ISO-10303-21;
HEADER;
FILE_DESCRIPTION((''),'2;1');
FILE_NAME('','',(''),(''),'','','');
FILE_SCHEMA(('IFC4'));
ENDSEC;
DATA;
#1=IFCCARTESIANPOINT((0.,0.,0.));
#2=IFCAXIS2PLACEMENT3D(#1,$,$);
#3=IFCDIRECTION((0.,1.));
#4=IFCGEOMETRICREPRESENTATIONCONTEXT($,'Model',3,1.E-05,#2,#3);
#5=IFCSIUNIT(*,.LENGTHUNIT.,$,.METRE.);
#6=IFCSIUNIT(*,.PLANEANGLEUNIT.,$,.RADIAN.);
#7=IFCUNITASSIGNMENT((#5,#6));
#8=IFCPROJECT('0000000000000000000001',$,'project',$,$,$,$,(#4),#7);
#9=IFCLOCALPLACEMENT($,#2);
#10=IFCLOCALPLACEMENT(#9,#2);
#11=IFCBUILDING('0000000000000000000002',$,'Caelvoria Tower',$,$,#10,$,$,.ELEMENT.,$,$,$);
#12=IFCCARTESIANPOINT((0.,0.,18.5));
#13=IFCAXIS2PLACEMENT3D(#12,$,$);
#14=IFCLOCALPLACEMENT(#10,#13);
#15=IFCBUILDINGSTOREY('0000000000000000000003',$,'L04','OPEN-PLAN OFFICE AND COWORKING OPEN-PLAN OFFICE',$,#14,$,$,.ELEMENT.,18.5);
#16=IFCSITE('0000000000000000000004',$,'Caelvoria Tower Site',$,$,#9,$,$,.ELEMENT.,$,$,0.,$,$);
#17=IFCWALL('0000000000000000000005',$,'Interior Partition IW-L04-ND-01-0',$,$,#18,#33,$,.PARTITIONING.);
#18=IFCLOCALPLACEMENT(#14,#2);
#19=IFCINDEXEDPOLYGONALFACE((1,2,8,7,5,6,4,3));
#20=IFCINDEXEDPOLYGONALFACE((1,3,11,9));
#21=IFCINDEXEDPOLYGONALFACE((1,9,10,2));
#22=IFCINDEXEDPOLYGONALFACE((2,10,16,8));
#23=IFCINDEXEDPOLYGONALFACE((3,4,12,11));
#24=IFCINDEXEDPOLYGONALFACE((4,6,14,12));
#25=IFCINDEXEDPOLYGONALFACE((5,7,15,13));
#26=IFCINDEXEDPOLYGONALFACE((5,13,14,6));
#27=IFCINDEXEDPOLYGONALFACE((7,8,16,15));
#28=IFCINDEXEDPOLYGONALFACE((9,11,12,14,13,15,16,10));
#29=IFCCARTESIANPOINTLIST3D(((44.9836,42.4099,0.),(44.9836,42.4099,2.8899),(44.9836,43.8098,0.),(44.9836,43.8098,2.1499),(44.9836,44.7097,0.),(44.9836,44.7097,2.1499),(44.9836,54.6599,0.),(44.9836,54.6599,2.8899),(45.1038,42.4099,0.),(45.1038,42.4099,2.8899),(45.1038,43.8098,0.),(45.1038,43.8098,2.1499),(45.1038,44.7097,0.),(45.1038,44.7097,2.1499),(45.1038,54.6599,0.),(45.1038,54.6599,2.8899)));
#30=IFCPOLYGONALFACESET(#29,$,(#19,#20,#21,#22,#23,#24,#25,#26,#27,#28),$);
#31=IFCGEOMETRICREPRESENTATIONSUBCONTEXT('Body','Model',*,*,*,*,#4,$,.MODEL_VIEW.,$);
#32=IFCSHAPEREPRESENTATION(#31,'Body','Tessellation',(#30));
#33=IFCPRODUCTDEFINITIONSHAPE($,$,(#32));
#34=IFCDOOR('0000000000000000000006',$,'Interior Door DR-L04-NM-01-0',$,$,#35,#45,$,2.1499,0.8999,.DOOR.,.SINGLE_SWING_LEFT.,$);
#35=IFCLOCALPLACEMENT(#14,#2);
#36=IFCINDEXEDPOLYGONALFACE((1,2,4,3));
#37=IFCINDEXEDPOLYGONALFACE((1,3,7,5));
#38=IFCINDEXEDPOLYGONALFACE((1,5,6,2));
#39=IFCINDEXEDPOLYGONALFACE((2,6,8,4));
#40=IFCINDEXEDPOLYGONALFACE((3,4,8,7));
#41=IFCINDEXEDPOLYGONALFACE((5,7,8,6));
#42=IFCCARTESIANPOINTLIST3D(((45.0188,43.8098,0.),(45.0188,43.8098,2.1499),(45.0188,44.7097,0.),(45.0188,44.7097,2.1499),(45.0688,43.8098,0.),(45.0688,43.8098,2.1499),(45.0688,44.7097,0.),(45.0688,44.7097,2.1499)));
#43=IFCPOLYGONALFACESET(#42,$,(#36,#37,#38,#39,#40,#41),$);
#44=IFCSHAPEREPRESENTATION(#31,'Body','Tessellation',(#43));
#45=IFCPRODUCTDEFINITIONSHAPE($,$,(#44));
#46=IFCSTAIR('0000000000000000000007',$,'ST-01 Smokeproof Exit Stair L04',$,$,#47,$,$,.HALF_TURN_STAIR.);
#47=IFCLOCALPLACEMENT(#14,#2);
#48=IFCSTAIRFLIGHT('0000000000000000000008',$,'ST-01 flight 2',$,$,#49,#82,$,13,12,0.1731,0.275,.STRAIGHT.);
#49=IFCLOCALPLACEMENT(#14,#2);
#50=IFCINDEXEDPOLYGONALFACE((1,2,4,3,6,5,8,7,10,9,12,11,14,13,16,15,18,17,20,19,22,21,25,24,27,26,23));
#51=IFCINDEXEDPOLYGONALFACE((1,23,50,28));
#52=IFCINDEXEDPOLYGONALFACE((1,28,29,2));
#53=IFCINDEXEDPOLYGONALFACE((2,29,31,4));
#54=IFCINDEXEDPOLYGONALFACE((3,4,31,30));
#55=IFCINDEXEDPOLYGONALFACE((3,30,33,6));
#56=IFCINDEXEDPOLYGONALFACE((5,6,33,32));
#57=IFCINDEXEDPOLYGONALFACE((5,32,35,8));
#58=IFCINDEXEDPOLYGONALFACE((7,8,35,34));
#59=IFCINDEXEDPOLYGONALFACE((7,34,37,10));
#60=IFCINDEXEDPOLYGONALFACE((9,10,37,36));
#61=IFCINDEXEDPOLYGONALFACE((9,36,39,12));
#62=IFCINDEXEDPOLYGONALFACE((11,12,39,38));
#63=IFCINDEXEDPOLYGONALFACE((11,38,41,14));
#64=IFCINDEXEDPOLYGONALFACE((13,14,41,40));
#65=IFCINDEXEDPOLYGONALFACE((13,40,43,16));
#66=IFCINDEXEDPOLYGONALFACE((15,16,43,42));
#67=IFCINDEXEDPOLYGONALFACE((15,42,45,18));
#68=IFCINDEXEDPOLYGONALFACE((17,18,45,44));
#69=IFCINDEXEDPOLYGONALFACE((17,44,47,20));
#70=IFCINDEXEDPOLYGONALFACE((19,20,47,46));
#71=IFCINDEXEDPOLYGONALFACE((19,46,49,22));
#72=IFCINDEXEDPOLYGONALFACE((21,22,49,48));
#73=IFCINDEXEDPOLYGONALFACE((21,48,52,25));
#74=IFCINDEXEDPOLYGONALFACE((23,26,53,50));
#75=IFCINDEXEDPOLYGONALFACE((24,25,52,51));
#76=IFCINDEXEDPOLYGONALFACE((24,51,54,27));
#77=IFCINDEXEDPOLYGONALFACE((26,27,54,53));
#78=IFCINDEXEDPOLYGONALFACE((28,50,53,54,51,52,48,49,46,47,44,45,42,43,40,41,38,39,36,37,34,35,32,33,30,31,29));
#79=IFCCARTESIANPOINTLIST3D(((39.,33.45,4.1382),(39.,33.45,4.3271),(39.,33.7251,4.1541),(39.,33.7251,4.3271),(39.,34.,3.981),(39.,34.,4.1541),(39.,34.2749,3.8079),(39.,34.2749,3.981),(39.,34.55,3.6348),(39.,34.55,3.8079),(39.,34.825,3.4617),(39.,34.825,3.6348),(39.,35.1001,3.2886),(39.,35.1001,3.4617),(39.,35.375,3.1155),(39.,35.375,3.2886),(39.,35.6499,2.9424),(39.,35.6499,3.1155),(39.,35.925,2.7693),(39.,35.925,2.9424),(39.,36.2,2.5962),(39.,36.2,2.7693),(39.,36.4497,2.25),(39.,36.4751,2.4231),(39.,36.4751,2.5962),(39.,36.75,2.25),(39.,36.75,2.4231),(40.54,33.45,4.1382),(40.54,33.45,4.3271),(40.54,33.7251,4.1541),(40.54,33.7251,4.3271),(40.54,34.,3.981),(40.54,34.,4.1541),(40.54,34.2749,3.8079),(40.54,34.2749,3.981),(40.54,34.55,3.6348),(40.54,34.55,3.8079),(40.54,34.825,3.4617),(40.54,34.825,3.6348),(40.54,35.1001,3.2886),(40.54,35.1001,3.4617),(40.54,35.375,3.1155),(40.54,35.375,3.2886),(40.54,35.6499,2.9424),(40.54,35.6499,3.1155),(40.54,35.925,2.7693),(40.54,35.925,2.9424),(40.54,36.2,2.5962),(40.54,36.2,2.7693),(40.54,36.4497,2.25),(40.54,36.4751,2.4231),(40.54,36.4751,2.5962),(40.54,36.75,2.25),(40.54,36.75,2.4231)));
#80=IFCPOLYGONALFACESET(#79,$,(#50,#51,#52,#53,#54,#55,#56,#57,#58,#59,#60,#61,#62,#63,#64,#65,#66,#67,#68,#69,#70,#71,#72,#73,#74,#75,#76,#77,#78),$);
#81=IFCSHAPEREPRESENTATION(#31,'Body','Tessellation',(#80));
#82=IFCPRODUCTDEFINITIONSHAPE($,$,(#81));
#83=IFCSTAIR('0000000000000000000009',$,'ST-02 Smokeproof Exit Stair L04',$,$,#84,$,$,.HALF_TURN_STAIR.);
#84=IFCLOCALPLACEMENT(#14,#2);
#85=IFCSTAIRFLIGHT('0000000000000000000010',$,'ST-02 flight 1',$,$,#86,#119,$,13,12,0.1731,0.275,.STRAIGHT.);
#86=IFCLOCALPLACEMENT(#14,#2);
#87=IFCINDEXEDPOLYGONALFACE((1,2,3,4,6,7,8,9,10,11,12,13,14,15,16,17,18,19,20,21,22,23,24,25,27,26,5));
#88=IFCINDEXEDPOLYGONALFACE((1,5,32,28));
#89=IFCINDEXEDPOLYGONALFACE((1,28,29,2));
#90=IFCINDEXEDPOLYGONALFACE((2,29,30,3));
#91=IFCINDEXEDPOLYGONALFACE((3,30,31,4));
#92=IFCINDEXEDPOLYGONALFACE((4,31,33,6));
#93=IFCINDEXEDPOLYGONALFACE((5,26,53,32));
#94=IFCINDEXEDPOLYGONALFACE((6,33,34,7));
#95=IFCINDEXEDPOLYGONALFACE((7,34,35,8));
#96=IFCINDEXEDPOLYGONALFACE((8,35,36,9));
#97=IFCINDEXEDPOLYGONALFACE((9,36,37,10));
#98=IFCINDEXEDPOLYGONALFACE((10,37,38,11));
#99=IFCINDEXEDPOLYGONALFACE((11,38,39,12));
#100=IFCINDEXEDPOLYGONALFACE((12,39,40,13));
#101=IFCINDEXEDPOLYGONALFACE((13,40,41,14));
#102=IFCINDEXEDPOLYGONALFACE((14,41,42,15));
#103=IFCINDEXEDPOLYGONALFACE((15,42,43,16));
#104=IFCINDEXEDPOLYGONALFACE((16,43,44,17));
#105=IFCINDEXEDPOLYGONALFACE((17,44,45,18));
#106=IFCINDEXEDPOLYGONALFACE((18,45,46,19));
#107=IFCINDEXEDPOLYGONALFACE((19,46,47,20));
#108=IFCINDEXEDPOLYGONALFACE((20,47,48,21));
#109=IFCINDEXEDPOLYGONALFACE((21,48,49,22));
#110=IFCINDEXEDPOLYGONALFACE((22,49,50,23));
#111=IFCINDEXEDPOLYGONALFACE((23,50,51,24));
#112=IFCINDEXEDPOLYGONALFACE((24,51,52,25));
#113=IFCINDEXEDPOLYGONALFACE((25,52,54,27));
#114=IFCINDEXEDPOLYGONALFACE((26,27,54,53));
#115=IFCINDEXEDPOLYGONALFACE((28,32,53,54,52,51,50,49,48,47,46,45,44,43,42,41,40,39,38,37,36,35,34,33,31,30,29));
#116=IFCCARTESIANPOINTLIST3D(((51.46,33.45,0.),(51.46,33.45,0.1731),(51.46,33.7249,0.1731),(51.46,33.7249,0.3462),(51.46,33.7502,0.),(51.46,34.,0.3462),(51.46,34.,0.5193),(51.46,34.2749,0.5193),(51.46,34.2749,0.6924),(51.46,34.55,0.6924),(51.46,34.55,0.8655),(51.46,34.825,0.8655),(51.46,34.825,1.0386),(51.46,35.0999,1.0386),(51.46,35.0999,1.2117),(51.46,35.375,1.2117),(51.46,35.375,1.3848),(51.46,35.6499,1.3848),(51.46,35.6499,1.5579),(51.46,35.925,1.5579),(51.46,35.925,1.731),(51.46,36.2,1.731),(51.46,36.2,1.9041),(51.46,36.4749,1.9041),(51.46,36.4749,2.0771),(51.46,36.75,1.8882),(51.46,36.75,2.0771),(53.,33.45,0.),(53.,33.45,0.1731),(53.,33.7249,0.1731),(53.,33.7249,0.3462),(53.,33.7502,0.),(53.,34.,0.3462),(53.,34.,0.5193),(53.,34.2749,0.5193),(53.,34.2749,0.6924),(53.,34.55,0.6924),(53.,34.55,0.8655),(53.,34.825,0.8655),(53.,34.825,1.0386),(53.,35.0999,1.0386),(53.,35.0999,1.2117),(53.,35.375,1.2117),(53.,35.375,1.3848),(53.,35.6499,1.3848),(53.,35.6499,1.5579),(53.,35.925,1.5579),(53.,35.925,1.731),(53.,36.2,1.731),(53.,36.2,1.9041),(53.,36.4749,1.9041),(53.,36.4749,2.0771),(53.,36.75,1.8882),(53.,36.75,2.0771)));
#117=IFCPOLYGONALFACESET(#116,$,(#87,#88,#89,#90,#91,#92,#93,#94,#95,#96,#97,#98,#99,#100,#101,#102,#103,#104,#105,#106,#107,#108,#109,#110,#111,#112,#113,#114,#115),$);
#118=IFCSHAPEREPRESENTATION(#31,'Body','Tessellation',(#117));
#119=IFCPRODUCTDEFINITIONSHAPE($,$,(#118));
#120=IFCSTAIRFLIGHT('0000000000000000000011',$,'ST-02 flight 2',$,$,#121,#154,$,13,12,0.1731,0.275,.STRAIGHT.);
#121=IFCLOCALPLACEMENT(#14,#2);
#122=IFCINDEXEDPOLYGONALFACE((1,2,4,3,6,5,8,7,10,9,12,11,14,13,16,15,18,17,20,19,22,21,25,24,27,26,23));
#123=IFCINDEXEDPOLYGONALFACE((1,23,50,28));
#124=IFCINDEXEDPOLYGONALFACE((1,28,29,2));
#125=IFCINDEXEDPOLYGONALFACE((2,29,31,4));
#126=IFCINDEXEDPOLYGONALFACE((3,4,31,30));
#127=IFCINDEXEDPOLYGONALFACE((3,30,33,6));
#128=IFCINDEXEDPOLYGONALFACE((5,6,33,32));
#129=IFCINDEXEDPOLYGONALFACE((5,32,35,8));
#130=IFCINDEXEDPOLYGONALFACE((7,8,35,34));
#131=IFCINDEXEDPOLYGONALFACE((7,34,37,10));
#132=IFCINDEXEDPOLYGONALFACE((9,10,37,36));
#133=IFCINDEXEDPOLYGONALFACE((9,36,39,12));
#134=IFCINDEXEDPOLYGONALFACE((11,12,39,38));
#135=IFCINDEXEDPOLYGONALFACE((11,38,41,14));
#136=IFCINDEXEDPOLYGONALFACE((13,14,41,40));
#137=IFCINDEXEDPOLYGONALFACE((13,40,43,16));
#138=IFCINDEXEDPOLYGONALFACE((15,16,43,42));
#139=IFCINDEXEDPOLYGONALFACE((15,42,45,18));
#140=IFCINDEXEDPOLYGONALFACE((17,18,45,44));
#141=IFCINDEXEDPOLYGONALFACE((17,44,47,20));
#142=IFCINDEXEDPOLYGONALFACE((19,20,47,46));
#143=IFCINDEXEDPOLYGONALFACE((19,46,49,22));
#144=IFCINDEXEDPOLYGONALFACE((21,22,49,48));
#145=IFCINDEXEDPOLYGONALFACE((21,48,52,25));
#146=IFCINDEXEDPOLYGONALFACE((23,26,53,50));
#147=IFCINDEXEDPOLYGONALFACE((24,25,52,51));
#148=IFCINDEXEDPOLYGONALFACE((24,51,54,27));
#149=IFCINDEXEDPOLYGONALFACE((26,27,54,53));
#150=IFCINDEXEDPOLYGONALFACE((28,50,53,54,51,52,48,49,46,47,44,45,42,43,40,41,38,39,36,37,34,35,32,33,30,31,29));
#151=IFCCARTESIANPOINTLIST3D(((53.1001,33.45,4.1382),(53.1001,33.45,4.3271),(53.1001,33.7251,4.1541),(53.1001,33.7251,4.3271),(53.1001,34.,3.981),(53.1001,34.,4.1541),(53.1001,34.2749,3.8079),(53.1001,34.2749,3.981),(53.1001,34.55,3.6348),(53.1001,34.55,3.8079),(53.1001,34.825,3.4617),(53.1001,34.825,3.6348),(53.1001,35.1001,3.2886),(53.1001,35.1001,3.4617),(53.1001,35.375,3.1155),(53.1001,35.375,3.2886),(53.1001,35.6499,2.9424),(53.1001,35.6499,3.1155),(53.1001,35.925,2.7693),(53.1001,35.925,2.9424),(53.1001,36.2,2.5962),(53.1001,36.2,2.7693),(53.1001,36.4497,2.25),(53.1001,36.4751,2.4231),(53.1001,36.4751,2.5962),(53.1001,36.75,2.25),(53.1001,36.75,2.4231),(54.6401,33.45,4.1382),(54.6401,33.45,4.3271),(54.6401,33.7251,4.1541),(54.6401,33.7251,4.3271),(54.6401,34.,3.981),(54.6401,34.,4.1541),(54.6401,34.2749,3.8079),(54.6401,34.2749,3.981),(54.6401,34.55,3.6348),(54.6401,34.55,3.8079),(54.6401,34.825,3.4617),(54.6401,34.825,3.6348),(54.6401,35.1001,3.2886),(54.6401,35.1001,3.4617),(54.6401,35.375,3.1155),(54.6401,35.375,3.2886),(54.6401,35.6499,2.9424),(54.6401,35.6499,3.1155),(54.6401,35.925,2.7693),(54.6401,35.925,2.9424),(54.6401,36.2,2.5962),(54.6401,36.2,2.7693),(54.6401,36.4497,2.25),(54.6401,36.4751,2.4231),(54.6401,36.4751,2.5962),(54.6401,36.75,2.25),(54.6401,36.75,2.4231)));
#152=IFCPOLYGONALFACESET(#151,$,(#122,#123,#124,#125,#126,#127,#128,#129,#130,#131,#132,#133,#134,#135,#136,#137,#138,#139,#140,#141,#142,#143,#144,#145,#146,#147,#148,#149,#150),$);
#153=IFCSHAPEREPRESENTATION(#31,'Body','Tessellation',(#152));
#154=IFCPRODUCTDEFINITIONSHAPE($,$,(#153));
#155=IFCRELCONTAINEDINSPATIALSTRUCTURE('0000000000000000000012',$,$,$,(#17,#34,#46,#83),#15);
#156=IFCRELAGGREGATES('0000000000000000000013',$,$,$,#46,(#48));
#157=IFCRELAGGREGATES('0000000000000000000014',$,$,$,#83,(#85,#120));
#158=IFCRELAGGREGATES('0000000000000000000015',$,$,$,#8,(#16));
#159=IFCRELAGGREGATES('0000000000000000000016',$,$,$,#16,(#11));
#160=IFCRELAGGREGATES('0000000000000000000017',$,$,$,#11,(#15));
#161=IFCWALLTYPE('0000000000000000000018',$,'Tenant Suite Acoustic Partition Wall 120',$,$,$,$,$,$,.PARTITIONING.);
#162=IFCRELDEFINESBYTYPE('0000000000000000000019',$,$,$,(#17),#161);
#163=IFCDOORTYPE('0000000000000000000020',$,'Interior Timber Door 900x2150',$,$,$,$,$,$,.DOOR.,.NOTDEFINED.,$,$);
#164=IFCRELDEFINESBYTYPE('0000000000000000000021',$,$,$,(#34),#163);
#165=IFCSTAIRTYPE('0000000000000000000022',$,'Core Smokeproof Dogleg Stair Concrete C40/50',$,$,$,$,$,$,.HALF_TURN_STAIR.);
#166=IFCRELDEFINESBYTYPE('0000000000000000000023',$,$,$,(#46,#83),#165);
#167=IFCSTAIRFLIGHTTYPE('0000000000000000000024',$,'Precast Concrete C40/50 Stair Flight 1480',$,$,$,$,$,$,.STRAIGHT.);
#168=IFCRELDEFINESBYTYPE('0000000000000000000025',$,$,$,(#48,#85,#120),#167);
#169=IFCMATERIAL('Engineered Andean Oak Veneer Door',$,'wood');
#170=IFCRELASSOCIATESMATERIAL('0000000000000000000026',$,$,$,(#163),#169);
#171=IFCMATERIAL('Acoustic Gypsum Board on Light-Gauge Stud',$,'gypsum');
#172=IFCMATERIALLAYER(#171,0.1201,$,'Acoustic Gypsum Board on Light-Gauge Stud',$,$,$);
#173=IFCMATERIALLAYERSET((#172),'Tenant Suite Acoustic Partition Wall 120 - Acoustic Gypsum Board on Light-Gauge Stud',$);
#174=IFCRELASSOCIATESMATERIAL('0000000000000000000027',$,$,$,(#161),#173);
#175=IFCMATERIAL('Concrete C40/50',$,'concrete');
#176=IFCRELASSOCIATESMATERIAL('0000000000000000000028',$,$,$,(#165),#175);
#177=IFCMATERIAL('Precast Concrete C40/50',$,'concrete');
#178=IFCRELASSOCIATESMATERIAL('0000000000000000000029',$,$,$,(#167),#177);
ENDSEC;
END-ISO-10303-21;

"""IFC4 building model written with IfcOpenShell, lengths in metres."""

from ifc_helpers import new_model, si_unit, direction, frame, frame_2d, origin, place, context, subcontext, project, spatial, polyline, rectangle, outline, extrude, material, layer, layer_set, type_object, element, fill, aggregate, save


model = new_model("IFC4")

# Units and contexts
model_context = context("Model", 3, precision=1e-05, world=origin(), true_north=direction((0.0, 1.0)))
body_context = subcontext(model_context, "Body", "Model", "MODEL_VIEW")
ifc_project = project(units=[si_unit("LENGTHUNIT", "METRE"), si_unit("PLANEANGLEUNIT", "RADIAN")], contexts=[model_context])

# Site, building, storey
site_placement = place(None, origin())
site = spatial("IfcSite", under=ifc_project, at=site_placement, Name="Caelvoria Tower Site", CompositionType="ELEMENT", RefElevation=0.0)
building_placement = place(site_placement, origin())
building = spatial("IfcBuilding", under=site, at=building_placement, Name="Caelvoria Tower", CompositionType="ELEMENT")
storey_placement = place(building_placement, frame((0.0, 0.0, 18.5)))
storey = spatial("IfcBuildingStorey", under=building, at=storey_placement, Name="L04", Description="OPEN-PLAN OFFICE AND COWORKING OPEN-PLAN OFFICE", CompositionType="ELEMENT", Elevation=18.5)

# Shared definitions
ifc_material_1 = material(Name="Engineered Andean Oak Veneer Door", Category="wood")
door_type_1 = type_object("IfcDoorType", Name="Interior Timber Door 900x2150", OperationType="NOTDEFINED", PredefinedType="DOOR", material=ifc_material_1)

# Wall, opening, door
ifc_material_2 = material(Name="Acoustic Gypsum Board on Light-Gauge Stud", Category="gypsum")
ifc_layer_1 = layer(ifc_material_2, 0.1201, Name="Acoustic Gypsum Board on Light-Gauge Stud")
ifc_layer_set_1 = layer_set([ifc_layer_1], Name="Tenant Suite Acoustic Partition Wall 120 - Acoustic Gypsum Board on Light-Gauge Stud")
wall_type_1 = type_object("IfcWallType", Name="Tenant Suite Acoustic Partition Wall 120", PredefinedType="PARTITIONING", material=ifc_layer_set_1)
wall_1_placement = place(storey_placement, frame((45.0437, 42.4099, 0.0), z_axis=(0.0, 0.0, 1.0), x_axis=(0.0, 1.0, 0.0)))
wall_1 = element("IfcWall", 1, at=wall_1_placement, inside=storey, type_object=wall_type_1, Name="Interior Partition IW-L04-ND-01-0", PredefinedType="PARTITIONING", context=body_context, shape_type="SweptSolid", body=[
    extrude(rectangle(XDim=12.25, YDim=0.1201, at=frame_2d((6.125, 0.0))), origin(), (0.0, 0.0, 1.0), 2.8899),
])
opening_1_placement = place(wall_1_placement, frame((1.3999, 0.0, 0.0)))
opening_1 = element("IfcOpeningElement", 2, at=opening_1_placement, cuts=wall_1, PredefinedType="OPENING", context=body_context, shape_type="SweptSolid", body=[
    extrude(rectangle(XDim=0.8999, YDim=2.1499, at=frame_2d((0.45, 1.075))), frame((0.0, 0.0701, 0.0), z_axis=(0.0, -1.0, 0.0), x_axis=(1.0, 0.0, 0.0)), (0.0, 0.0, 1.0), 0.1401),
])
door_1_placement = place(opening_1_placement, origin())
door_1 = element("IfcDoor", 3, at=door_1_placement, inside=storey, type_object=door_type_1, Name="Interior Door DR-L04-NM-01-0", OperationType="SINGLE_SWING_LEFT", OverallHeight=2.1499, OverallWidth=0.8999, PredefinedType="DOOR", context=body_context, shape_type="SweptSolid", body=[
    extrude(rectangle(XDim=0.8999, YDim=2.1499, at=frame_2d((0.45, 1.075))), frame((0.0, 0.0249, 0.0), z_axis=(0.0, -1.0, 0.0), x_axis=(1.0, 0.0, 0.0)), (0.0, 0.0, 1.0), 0.05),
])
fill(opening_1, door_1)

# Stair, stair flight
ifc_material_3 = material(Name="Concrete C40/50", Category="concrete")
stair_type = type_object("IfcStairType", Name="Core Smokeproof Dogleg Stair Concrete C40/50", PredefinedType="HALF_TURN_STAIR", material=ifc_material_3)
stair_1_placement = place(storey_placement, origin())
stair_1 = element("IfcStair", 4, at=stair_1_placement, inside=storey, type_object=stair_type, Name="ST-01 Smokeproof Exit Stair L04", PredefinedType="HALF_TURN_STAIR")
ifc_material_4 = material(Name="Precast Concrete C40/50", Category="concrete")
stair_flight_type = type_object("IfcStairFlightType", Name="Precast Concrete C40/50 Stair Flight 1480", PredefinedType="STRAIGHT", material=ifc_material_4)
stair_flight_1_placement = place(storey_placement, frame((39.77, 36.75, 2.25), z_axis=(0.0, 0.0, 1.0), x_axis=(0.0, -1.0, 0.0)))
stair_flight_1 = element("IfcStairFlight", 5, at=stair_flight_1_placement, type_object=stair_flight_type, Name="ST-01 flight 2", NumberOfRisers=13, NumberOfTreads=12, PredefinedType="STRAIGHT", RiserHeight=0.1731, TreadLength=0.275, context=body_context, shape_type="SweptSolid", body=[
    extrude(outline(polyline([(0.0, 0.0), (0.0, 0.1731), (0.2749, 0.1731), (0.2749, 0.3462), (0.55, 0.3462), (0.55, 0.5193), (0.825, 0.5193), (0.825, 0.6924), (1.1001, 0.6924), (1.1001, 0.8655), (1.375, 0.8655), (1.375, 1.0386), (1.6499, 1.0386), (1.6499, 1.2117), (1.925, 1.2117), (1.925, 1.3848), (2.2, 1.3848), (2.2, 1.5579), (2.4751, 1.5579), (2.4751, 1.731), (2.75, 1.731), (2.75, 1.9041), (3.0249, 1.9041), (3.0249, 2.0771), (3.3, 2.0771), (3.3, 2.2502), (3.3, 1.8882), (0.3003, 0.0), (0.0, 0.0)])), frame((0.0, 0.77, 0.0), z_axis=(0.0, -1.0, 0.0), x_axis=(1.0, 0.0, 0.0)), (0.0, 0.0, 1.0), 1.54),
])
aggregate(stair_1, [stair_flight_1])

# Stair, stair flights
stair_2_placement = place(storey_placement, origin())
stair_2 = element("IfcStair", 6, at=stair_2_placement, inside=storey, type_object=stair_type, Name="ST-02 Smokeproof Exit Stair L04", PredefinedType="HALF_TURN_STAIR")
stair_flight_2_placement = place(storey_placement, frame((52.23, 33.45, 0.0), z_axis=(0.0, 0.0, 1.0), x_axis=(0.0, 1.0, 0.0)))
stair_flight_2 = element("IfcStairFlight", 7, at=stair_flight_2_placement, type_object=stair_flight_type, Name="ST-02 flight 1", NumberOfRisers=13, NumberOfTreads=12, PredefinedType="STRAIGHT", RiserHeight=0.1731, TreadLength=0.275, context=body_context, shape_type="SweptSolid", body=[
    extrude(outline(polyline([(0.0, 0.0), (0.0, 0.1731), (0.2749, 0.1731), (0.2749, 0.3462), (0.55, 0.3462), (0.55, 0.5193), (0.825, 0.5193), (0.825, 0.6924), (1.1001, 0.6924), (1.1001, 0.8655), (1.375, 0.8655), (1.375, 1.0386), (1.6499, 1.0386), (1.6499, 1.2117), (1.925, 1.2117), (1.925, 1.3848), (2.2, 1.3848), (2.2, 1.5579), (2.4751, 1.5579), (2.4751, 1.731), (2.75, 1.731), (2.75, 1.9041), (3.0249, 1.9041), (3.0249, 2.0771), (3.3, 2.0771), (3.3, 2.2502), (3.3, 1.8882), (0.3003, 0.0), (0.0, 0.0)])), frame((0.0, 0.77, 0.0), z_axis=(0.0, -1.0, 0.0), x_axis=(1.0, 0.0, 0.0)), (0.0, 0.0, 1.0), 1.54),
])
stair_flight_3_placement = place(storey_placement, frame((53.8701, 36.75, 2.25), z_axis=(0.0, 0.0, 1.0), x_axis=(0.0, -1.0, 0.0)))
stair_flight_3 = element("IfcStairFlight", 8, at=stair_flight_3_placement, type_object=stair_flight_type, Name="ST-02 flight 2", NumberOfRisers=13, NumberOfTreads=12, PredefinedType="STRAIGHT", RiserHeight=0.1731, TreadLength=0.275, context=body_context, shape_type="SweptSolid", body=[
    extrude(outline(polyline([(0.0, 0.0), (0.0, 0.1731), (0.2749, 0.1731), (0.2749, 0.3462), (0.55, 0.3462), (0.55, 0.5193), (0.825, 0.5193), (0.825, 0.6924), (1.1001, 0.6924), (1.1001, 0.8655), (1.375, 0.8655), (1.375, 1.0386), (1.6499, 1.0386), (1.6499, 1.2117), (1.925, 1.2117), (1.925, 1.3848), (2.2, 1.3848), (2.2, 1.5579), (2.4751, 1.5579), (2.4751, 1.731), (2.75, 1.731), (2.75, 1.9041), (3.0249, 1.9041), (3.0249, 2.0771), (3.3, 2.0771), (3.3, 2.2502), (3.3, 1.8882), (0.3003, 0.0), (0.0, 0.0)])), frame((0.0, 0.77, 0.0), z_axis=(0.0, -1.0, 0.0), x_axis=(1.0, 0.0, 0.0)), (0.0, 0.0, 1.0), 1.54),
])
aggregate(stair_2, [stair_flight_2, stair_flight_3])

save(model, "model.ifc")
